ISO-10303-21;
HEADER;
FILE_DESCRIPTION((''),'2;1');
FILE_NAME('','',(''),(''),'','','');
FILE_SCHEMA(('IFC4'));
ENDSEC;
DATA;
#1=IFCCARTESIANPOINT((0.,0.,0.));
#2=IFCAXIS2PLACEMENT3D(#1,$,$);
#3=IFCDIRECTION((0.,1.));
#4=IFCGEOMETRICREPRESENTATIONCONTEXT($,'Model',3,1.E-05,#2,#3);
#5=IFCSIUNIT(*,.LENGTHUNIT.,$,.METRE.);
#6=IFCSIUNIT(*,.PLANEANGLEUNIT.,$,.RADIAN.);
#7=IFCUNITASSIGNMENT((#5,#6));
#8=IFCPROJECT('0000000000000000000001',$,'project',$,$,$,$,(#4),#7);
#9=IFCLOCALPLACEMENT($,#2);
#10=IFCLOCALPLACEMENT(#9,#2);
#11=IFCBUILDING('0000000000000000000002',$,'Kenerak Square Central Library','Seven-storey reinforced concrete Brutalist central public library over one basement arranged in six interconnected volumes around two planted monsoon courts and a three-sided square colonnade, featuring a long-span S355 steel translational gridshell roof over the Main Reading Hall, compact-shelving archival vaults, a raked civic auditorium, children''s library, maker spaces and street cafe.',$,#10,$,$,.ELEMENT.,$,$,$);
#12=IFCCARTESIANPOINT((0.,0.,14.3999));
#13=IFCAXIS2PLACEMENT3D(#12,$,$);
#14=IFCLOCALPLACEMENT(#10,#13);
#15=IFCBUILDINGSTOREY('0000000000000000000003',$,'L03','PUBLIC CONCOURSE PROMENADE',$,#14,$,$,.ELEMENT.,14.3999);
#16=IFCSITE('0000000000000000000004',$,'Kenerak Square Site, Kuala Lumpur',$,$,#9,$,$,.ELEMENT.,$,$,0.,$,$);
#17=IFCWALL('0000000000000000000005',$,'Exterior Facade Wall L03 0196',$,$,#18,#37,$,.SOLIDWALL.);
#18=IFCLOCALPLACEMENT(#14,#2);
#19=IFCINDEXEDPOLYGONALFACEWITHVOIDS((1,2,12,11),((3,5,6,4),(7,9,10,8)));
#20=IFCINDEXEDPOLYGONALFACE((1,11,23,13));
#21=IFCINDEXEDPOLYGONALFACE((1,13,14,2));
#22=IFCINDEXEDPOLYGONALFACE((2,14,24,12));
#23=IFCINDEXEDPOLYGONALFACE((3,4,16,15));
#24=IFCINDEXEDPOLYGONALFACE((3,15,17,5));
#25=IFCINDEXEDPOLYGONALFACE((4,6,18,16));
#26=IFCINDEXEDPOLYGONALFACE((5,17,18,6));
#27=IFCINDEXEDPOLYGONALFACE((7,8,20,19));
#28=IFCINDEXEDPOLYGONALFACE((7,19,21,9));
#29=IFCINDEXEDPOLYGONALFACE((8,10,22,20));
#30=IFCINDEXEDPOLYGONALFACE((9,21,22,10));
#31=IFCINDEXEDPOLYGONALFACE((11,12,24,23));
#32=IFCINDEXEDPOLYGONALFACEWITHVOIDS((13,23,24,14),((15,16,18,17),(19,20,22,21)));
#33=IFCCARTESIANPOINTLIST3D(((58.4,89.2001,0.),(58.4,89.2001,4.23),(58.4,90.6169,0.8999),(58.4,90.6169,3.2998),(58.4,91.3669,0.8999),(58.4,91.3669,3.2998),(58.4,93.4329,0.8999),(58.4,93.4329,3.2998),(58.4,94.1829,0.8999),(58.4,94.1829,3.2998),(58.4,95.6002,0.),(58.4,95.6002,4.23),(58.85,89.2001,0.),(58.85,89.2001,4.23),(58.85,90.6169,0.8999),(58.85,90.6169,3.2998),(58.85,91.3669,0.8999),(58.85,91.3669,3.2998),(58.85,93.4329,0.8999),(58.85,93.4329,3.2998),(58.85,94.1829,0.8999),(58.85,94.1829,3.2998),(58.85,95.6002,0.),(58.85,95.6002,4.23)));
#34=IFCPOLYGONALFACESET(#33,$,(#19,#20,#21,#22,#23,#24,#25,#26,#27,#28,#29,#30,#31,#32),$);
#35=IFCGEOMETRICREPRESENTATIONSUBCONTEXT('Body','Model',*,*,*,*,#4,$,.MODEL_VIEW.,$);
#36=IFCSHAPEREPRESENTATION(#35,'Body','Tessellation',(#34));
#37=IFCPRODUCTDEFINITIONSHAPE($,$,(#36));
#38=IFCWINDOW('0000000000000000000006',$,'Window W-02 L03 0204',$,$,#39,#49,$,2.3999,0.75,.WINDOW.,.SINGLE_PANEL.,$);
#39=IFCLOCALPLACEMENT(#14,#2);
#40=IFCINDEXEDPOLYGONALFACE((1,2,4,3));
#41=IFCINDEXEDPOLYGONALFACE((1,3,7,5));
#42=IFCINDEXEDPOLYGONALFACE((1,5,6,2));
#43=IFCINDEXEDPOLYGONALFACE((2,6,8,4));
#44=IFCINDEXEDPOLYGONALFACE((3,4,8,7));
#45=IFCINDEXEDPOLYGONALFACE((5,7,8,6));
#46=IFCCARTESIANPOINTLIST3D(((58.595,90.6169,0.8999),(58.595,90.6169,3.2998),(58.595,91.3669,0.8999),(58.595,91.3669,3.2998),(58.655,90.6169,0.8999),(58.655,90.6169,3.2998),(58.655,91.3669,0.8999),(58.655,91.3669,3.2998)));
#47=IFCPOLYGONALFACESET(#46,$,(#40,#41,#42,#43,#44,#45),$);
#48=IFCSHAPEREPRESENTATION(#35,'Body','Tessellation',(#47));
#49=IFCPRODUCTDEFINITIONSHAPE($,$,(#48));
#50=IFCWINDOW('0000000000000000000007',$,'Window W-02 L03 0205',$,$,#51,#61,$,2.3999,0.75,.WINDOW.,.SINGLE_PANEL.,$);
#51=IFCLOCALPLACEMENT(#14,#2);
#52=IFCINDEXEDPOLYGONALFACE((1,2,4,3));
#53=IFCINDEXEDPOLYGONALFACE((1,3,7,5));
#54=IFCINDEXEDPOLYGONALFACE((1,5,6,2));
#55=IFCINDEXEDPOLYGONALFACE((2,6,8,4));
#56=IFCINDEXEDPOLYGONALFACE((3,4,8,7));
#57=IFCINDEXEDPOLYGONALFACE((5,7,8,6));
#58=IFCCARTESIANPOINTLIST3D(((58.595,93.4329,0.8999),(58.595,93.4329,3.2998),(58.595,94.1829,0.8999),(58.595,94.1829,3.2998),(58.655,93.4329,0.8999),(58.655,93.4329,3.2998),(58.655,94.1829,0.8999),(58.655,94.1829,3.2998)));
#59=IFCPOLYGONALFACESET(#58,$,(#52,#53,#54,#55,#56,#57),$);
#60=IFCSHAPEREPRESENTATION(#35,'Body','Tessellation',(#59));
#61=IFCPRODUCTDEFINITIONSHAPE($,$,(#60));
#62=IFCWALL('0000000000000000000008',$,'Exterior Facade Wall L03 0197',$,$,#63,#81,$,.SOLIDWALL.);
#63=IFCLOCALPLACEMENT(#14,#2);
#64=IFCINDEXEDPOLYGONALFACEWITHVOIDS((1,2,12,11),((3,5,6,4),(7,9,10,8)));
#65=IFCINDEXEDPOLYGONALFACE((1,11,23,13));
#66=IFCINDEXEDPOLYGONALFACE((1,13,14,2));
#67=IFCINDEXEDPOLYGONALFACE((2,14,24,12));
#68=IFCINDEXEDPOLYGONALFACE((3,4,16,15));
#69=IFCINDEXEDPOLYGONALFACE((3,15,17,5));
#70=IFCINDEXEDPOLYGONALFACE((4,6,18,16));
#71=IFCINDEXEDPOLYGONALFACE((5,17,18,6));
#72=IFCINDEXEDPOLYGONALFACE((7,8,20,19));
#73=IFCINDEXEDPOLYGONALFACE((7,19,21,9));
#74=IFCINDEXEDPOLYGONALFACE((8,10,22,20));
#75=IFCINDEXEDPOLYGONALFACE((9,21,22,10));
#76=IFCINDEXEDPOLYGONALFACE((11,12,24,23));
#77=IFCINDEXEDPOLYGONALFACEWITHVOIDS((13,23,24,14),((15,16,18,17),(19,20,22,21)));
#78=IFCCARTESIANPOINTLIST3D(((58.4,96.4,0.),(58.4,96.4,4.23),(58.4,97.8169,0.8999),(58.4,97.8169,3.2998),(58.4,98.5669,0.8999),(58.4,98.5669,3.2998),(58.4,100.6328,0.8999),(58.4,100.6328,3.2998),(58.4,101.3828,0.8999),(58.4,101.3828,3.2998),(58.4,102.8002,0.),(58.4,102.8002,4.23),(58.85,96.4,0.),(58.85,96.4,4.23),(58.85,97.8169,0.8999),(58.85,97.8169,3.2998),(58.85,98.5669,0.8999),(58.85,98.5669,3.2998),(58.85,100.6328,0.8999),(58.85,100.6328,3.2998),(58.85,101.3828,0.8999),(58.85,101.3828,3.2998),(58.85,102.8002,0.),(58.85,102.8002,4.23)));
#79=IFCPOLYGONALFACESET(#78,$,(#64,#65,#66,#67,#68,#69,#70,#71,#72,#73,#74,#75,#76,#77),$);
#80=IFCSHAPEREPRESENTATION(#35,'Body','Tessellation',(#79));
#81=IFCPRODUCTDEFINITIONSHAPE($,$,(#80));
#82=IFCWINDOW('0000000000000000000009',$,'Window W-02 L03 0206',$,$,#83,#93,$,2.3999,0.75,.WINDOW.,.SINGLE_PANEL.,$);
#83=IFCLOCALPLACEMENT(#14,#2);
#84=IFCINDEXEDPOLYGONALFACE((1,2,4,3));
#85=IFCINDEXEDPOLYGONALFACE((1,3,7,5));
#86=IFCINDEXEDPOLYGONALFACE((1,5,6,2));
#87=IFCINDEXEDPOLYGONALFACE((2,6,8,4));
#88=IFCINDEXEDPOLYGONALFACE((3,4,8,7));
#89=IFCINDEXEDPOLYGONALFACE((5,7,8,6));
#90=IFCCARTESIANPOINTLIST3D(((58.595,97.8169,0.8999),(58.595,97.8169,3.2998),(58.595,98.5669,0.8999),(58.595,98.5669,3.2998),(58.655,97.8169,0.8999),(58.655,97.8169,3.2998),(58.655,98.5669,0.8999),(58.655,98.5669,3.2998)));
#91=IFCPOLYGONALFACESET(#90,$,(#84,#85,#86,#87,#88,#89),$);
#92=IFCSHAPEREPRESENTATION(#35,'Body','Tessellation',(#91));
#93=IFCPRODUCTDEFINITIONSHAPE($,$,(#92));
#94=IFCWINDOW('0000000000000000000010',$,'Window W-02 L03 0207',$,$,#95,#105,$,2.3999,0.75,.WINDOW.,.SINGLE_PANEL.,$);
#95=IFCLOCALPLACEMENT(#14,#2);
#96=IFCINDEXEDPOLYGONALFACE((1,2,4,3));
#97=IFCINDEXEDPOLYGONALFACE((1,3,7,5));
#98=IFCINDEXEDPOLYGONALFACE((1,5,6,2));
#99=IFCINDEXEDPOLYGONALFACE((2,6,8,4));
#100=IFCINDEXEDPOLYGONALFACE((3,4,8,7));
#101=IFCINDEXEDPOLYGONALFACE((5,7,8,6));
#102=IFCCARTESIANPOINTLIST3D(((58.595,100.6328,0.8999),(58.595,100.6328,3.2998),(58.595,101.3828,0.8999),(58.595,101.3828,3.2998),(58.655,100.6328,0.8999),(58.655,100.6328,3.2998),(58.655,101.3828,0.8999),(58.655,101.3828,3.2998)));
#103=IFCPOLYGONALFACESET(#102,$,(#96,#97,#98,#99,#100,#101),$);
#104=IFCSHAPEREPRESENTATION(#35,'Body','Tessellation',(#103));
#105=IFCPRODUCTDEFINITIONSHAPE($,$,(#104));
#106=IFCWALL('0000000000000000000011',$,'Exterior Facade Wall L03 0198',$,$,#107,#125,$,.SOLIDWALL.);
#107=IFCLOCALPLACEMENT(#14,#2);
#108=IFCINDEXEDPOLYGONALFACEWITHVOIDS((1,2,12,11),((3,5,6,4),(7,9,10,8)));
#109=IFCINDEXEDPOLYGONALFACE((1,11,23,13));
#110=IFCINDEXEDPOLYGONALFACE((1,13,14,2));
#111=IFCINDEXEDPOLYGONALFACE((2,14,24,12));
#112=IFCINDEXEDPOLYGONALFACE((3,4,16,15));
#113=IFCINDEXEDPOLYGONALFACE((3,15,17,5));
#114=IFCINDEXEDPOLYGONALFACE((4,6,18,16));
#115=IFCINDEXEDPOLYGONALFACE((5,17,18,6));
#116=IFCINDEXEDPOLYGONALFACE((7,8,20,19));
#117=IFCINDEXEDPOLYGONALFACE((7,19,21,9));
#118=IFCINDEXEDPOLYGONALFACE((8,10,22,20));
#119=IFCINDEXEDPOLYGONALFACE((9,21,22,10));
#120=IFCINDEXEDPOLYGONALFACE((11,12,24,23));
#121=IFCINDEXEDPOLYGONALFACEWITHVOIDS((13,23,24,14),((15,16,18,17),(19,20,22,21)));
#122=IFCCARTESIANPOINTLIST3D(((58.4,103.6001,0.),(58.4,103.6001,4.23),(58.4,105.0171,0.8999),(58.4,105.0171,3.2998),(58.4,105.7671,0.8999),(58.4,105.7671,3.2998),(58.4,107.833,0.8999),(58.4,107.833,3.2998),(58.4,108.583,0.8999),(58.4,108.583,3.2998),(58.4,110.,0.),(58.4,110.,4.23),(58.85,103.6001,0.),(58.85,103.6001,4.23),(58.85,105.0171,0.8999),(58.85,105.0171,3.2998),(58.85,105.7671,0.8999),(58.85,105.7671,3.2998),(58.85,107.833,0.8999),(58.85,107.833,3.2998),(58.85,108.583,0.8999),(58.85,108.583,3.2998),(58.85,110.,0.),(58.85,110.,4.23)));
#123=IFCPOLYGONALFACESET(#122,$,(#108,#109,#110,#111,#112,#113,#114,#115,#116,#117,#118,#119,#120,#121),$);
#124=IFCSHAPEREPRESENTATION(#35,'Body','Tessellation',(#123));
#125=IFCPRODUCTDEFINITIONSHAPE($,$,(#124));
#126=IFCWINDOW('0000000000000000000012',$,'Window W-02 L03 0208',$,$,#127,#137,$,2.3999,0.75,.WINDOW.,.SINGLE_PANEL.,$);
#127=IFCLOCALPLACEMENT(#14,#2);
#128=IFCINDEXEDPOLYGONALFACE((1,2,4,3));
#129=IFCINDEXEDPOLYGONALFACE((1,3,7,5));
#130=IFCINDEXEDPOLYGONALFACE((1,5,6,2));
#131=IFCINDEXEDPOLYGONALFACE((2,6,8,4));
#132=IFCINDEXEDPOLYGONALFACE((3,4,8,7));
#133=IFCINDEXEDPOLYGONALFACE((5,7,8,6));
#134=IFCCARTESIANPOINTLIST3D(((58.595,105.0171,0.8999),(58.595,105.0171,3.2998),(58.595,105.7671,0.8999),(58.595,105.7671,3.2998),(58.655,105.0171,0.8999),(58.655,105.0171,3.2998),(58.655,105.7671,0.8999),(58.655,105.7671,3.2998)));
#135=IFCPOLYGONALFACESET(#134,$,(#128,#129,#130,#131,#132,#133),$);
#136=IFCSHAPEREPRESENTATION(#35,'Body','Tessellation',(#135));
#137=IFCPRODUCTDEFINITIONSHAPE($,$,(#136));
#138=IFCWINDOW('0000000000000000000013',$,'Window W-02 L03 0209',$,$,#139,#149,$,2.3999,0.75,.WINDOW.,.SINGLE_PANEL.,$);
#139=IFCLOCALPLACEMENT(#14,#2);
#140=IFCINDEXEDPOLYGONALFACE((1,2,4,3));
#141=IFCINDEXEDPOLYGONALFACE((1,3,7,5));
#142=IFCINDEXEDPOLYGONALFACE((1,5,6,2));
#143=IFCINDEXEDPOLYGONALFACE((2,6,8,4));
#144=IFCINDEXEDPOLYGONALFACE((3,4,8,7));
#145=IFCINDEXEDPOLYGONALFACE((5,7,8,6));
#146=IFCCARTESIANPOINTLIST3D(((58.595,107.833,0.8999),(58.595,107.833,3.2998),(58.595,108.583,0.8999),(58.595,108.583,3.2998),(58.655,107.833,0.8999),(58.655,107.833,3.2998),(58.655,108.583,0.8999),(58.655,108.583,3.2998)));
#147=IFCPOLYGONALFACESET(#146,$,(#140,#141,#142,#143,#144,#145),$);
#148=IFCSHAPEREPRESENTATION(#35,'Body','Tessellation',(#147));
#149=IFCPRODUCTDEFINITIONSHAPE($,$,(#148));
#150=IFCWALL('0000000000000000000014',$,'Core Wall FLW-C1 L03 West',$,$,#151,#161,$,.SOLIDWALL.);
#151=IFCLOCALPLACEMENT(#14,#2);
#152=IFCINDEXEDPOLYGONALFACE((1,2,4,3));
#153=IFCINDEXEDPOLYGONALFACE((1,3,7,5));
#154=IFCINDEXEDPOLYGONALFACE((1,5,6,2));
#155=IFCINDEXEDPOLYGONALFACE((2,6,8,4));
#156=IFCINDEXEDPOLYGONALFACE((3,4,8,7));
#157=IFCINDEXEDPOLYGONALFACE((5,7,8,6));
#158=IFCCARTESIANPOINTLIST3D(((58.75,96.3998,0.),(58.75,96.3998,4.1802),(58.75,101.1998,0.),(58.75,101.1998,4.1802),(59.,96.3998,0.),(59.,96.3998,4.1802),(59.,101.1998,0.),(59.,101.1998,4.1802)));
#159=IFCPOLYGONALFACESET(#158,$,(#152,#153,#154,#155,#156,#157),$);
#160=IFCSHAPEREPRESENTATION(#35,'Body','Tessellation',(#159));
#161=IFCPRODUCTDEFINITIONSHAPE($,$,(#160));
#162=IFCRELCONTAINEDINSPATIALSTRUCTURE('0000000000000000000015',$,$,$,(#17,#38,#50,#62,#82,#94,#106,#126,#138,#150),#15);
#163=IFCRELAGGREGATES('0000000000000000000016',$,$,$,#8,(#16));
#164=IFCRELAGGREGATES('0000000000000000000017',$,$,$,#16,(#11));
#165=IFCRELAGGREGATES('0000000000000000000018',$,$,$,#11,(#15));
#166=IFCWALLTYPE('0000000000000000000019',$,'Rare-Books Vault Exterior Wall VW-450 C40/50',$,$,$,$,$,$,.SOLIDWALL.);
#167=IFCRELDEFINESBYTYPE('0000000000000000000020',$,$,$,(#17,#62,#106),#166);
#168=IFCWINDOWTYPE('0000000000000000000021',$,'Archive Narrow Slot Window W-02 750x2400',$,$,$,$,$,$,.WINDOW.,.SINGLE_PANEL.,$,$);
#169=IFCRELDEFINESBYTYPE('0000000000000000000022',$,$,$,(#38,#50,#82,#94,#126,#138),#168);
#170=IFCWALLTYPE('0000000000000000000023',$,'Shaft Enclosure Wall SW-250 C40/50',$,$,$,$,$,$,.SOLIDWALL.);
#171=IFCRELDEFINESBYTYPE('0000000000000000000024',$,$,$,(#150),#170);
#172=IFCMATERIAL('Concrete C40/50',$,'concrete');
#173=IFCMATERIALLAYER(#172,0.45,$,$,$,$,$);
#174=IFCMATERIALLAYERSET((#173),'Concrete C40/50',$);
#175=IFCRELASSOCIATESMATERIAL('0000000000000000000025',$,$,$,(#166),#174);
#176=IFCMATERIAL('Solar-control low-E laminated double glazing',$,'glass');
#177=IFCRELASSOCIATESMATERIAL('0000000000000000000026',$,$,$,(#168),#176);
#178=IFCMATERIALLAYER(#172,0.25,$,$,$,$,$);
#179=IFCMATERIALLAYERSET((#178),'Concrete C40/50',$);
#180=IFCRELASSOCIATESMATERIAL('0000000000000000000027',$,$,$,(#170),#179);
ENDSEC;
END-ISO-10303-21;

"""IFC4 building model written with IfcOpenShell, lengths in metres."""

from ifc_helpers import new_model, si_unit, direction, frame, frame_2d, origin, place, context, subcontext, project, spatial, rectangle, extrude, material, layer, layer_set, type_object, element, fill, save


model = new_model("IFC4")

# Units and contexts
model_context = context("Model", 3, precision=1e-05, world=origin(), true_north=direction((0.0, 1.0)))
body_context = subcontext(model_context, "Body", "Model", "MODEL_VIEW")
ifc_project = project(units=[si_unit("LENGTHUNIT", "METRE"), si_unit("PLANEANGLEUNIT", "RADIAN")], contexts=[model_context])

# Site, building, storey
site_placement = place(None, origin())
site = spatial("IfcSite", under=ifc_project, at=site_placement, Name="Kenerak Square Site, Kuala Lumpur", CompositionType="ELEMENT", RefElevation=0.0)
building_placement = place(site_placement, origin())
building = spatial("IfcBuilding", under=site, at=building_placement, Name="Kenerak Square Central Library", Description="Seven-storey reinforced concrete Brutalist central public library over one basement arranged in six interconnected volumes around two planted monsoon courts and a three-sided square colonnade, featuring a long-span S355 steel translational gridshell roof over the Main Reading Hall, compact-shelving archival vaults, a raked civic auditorium, children's library, maker spaces and street cafe.", CompositionType="ELEMENT")
storey_placement = place(building_placement, frame((0.0, 0.0, 14.3999)))
storey = spatial("IfcBuildingStorey", under=building, at=storey_placement, Name="L03", Description="PUBLIC CONCOURSE PROMENADE", CompositionType="ELEMENT", Elevation=14.3999)

# Shared definitions
ifc_material_1 = material(Name="Concrete C40/50", Category="concrete")

# Walls, openings, windows
ifc_layer_1 = layer(ifc_material_1, 0.45)
ifc_layer_set_1 = layer_set([ifc_layer_1], Name="Concrete C40/50")
wall_type_1 = type_object("IfcWallType", Name="Rare-Books Vault Exterior Wall VW-450 C40/50", PredefinedType="SOLIDWALL", material=ifc_layer_set_1)
wall_1_placement = place(storey_placement, frame((58.625, 89.2, 0.0), z_axis=(0.0, 0.0, 1.0), x_axis=(0.0, 1.0, 0.0)))
wall_1 = element("IfcWall", 1, at=wall_1_placement, inside=storey, type_object=wall_type_1, Name="Exterior Facade Wall L03 0196", PredefinedType="SOLIDWALL", context=body_context, shape_type="SweptSolid", body=[
    extrude(rectangle(XDim=6.4001, YDim=0.45, at=frame_2d((3.2002, 0.0))), origin(), (0.0, 0.0, 1.0), 4.23),
])
opening_1_placement = place(wall_1_placement, frame((1.417, 0.0, 0.8999)))
opening_1 = element("IfcOpeningElement", 2, at=opening_1_placement, cuts=wall_1, PredefinedType="OPENING", context=body_context, shape_type="SweptSolid", body=[
    extrude(rectangle(XDim=0.75, YDim=2.3999, at=frame_2d((0.375, 1.2))), frame((0.0, 0.2349, 0.0), z_axis=(0.0, -1.0, 0.0), x_axis=(1.0, 0.0, 0.0)), (0.0, 0.0, 1.0), 0.47),
])
opening_2_placement = place(wall_1_placement, frame((4.2329, 0.0, 0.8999)))
opening_2 = element("IfcOpeningElement", 3, at=opening_2_placement, cuts=wall_1, PredefinedType="OPENING", context=body_context, shape_type="SweptSolid", body=[
    extrude(rectangle(XDim=0.75, YDim=2.3999, at=frame_2d((0.375, 1.2))), frame((0.0, 0.2349, 0.0), z_axis=(0.0, -1.0, 0.0), x_axis=(1.0, 0.0, 0.0)), (0.0, 0.0, 1.0), 0.47),
])
ifc_material_2 = material(Name="Solar-control low-E laminated double glazing", Category="glass")
window_type = type_object("IfcWindowType", Name="Archive Narrow Slot Window W-02 750x2400", PartitioningType="SINGLE_PANEL", PredefinedType="WINDOW", material=ifc_material_2)
window_1_placement = place(opening_1_placement, origin())
window_1 = element("IfcWindow", 4, at=window_1_placement, inside=storey, type_object=window_type, Name="Window W-02 L03 0204", OverallHeight=2.3999, OverallWidth=0.75, PartitioningType="SINGLE_PANEL", PredefinedType="WINDOW", context=body_context, shape_type="SweptSolid", body=[
    extrude(rectangle(XDim=0.75, YDim=2.3999, at=frame_2d((0.375, 1.2))), frame((0.0, 0.03, 0.0), z_axis=(0.0, -1.0, 0.0), x_axis=(1.0, 0.0, 0.0)), (0.0, 0.0, 1.0), 0.0601),
])
fill(opening_1, window_1)
window_2_placement = place(opening_2_placement, origin())
window_2 = element("IfcWindow", 5, at=window_2_placement, inside=storey, type_object=window_type, Name="Window W-02 L03 0205", OverallHeight=2.3999, OverallWidth=0.75, PartitioningType="SINGLE_PANEL", PredefinedType="WINDOW", context=body_context, shape_type="SweptSolid", body=[
    extrude(rectangle(XDim=0.75, YDim=2.3999, at=frame_2d((0.375, 1.2))), frame((0.0, 0.03, 0.0), z_axis=(0.0, -1.0, 0.0), x_axis=(1.0, 0.0, 0.0)), (0.0, 0.0, 1.0), 0.0601),
])
fill(opening_2, window_2)
wall_2_placement = place(storey_placement, frame((58.625, 96.3999, 0.0), z_axis=(0.0, 0.0, 1.0), x_axis=(0.0, 1.0, 0.0)))
wall_2 = element("IfcWall", 6, at=wall_2_placement, inside=storey, type_object=wall_type_1, Name="Exterior Facade Wall L03 0197", PredefinedType="SOLIDWALL", context=body_context, shape_type="SweptSolid", body=[
    extrude(rectangle(XDim=6.4001, YDim=0.45, at=frame_2d((3.2002, 0.0))), origin(), (0.0, 0.0, 1.0), 4.23),
])
opening_3_placement = place(wall_2_placement, frame((1.417, 0.0, 0.8999)))
opening_3 = element("IfcOpeningElement", 7, at=opening_3_placement, cuts=wall_2, PredefinedType="OPENING", context=body_context, shape_type="SweptSolid", body=[
    extrude(rectangle(XDim=0.75, YDim=2.3999, at=frame_2d((0.375, 1.2))), frame((0.0, 0.2349, 0.0), z_axis=(0.0, -1.0, 0.0), x_axis=(1.0, 0.0, 0.0)), (0.0, 0.0, 1.0), 0.47),
])
opening_4_placement = place(wall_2_placement, frame((4.2329, 0.0, 0.8999)))
opening_4 = element("IfcOpeningElement", 8, at=opening_4_placement, cuts=wall_2, PredefinedType="OPENING", context=body_context, shape_type="SweptSolid", body=[
    extrude(rectangle(XDim=0.75, YDim=2.3999, at=frame_2d((0.375, 1.2))), frame((0.0, 0.2349, 0.0), z_axis=(0.0, -1.0, 0.0), x_axis=(1.0, 0.0, 0.0)), (0.0, 0.0, 1.0), 0.47),
])
window_3_placement = place(opening_3_placement, origin())
window_3 = element("IfcWindow", 9, at=window_3_placement, inside=storey, type_object=window_type, Name="Window W-02 L03 0206", OverallHeight=2.3999, OverallWidth=0.75, PartitioningType="SINGLE_PANEL", PredefinedType="WINDOW", context=body_context, shape_type="SweptSolid", body=[
    extrude(rectangle(XDim=0.75, YDim=2.3999, at=frame_2d((0.375, 1.2))), frame((0.0, 0.03, 0.0), z_axis=(0.0, -1.0, 0.0), x_axis=(1.0, 0.0, 0.0)), (0.0, 0.0, 1.0), 0.0601),
])
fill(opening_3, window_3)
window_4_placement = place(opening_4_placement, origin())
window_4 = element("IfcWindow", 10, at=window_4_placement, inside=storey, type_object=window_type, Name="Window W-02 L03 0207", OverallHeight=2.3999, OverallWidth=0.75, PartitioningType="SINGLE_PANEL", PredefinedType="WINDOW", context=body_context, shape_type="SweptSolid", body=[
    extrude(rectangle(XDim=0.75, YDim=2.3999, at=frame_2d((0.375, 1.2))), frame((0.0, 0.03, 0.0), z_axis=(0.0, -1.0, 0.0), x_axis=(1.0, 0.0, 0.0)), (0.0, 0.0, 1.0), 0.0601),
])
fill(opening_4, window_4)
wall_3_placement = place(storey_placement, frame((58.625, 103.6001, 0.0), z_axis=(0.0, 0.0, 1.0), x_axis=(0.0, 1.0, 0.0)))
wall_3 = element("IfcWall", 11, at=wall_3_placement, inside=storey, type_object=wall_type_1, Name="Exterior Facade Wall L03 0198", PredefinedType="SOLIDWALL", context=body_context, shape_type="SweptSolid", body=[
    extrude(rectangle(XDim=6.3999, YDim=0.45, at=frame_2d((3.2, 0.0))), origin(), (0.0, 0.0, 1.0), 4.23),
])
opening_5_placement = place(wall_3_placement, frame((1.417, 0.0, 0.8999)))
opening_5 = element("IfcOpeningElement", 12, at=opening_5_placement, cuts=wall_3, PredefinedType="OPENING", context=body_context, shape_type="SweptSolid", body=[
    extrude(rectangle(XDim=0.75, YDim=2.3999, at=frame_2d((0.375, 1.2))), frame((0.0, 0.2349, 0.0), z_axis=(0.0, -1.0, 0.0), x_axis=(1.0, 0.0, 0.0)), (0.0, 0.0, 1.0), 0.47),
])
opening_6_placement = place(wall_3_placement, frame((4.2329, 0.0, 0.8999)))
opening_6 = element("IfcOpeningElement", 13, at=opening_6_placement, cuts=wall_3, PredefinedType="OPENING", context=body_context, shape_type="SweptSolid", body=[
    extrude(rectangle(XDim=0.75, YDim=2.3999, at=frame_2d((0.375, 1.2))), frame((0.0, 0.2349, 0.0), z_axis=(0.0, -1.0, 0.0), x_axis=(1.0, 0.0, 0.0)), (0.0, 0.0, 1.0), 0.47),
])
window_5_placement = place(opening_5_placement, origin())
window_5 = element("IfcWindow", 14, at=window_5_placement, inside=storey, type_object=window_type, Name="Window W-02 L03 0208", OverallHeight=2.3999, OverallWidth=0.75, PartitioningType="SINGLE_PANEL", PredefinedType="WINDOW", context=body_context, shape_type="SweptSolid", body=[
    extrude(rectangle(XDim=0.75, YDim=2.3999, at=frame_2d((0.375, 1.2))), frame((0.0, 0.03, 0.0), z_axis=(0.0, -1.0, 0.0), x_axis=(1.0, 0.0, 0.0)), (0.0, 0.0, 1.0), 0.0601),
])
fill(opening_5, window_5)
window_6_placement = place(opening_6_placement, origin())
window_6 = element("IfcWindow", 15, at=window_6_placement, inside=storey, type_object=window_type, Name="Window W-02 L03 0209", OverallHeight=2.3999, OverallWidth=0.75, PartitioningType="SINGLE_PANEL", PredefinedType="WINDOW", context=body_context, shape_type="SweptSolid", body=[
    extrude(rectangle(XDim=0.75, YDim=2.3999, at=frame_2d((0.375, 1.2))), frame((0.0, 0.03, 0.0), z_axis=(0.0, -1.0, 0.0), x_axis=(1.0, 0.0, 0.0)), (0.0, 0.0, 1.0), 0.0601),
])
fill(opening_6, window_6)

# Wall
ifc_layer_2 = layer(ifc_material_1, 0.25)
ifc_layer_set_2 = layer_set([ifc_layer_2], Name="Concrete C40/50")
wall_type_2 = type_object("IfcWallType", Name="Shaft Enclosure Wall SW-250 C40/50", PredefinedType="SOLIDWALL", material=ifc_layer_set_2)
wall_4_placement = place(storey_placement, frame((58.875, 96.3999, 0.0), z_axis=(0.0, 0.0, 1.0), x_axis=(0.0, 1.0, 0.0)))
element("IfcWall", 16, at=wall_4_placement, inside=storey, type_object=wall_type_2, Name="Core Wall FLW-C1 L03 West", PredefinedType="SOLIDWALL", context=body_context, shape_type="SweptSolid", body=[
    extrude(rectangle(XDim=4.8, YDim=0.25, at=frame_2d((2.3999, 0.0))), origin(), (0.0, 0.0, 1.0), 4.1802),
])

save(model, "model.ifc")
